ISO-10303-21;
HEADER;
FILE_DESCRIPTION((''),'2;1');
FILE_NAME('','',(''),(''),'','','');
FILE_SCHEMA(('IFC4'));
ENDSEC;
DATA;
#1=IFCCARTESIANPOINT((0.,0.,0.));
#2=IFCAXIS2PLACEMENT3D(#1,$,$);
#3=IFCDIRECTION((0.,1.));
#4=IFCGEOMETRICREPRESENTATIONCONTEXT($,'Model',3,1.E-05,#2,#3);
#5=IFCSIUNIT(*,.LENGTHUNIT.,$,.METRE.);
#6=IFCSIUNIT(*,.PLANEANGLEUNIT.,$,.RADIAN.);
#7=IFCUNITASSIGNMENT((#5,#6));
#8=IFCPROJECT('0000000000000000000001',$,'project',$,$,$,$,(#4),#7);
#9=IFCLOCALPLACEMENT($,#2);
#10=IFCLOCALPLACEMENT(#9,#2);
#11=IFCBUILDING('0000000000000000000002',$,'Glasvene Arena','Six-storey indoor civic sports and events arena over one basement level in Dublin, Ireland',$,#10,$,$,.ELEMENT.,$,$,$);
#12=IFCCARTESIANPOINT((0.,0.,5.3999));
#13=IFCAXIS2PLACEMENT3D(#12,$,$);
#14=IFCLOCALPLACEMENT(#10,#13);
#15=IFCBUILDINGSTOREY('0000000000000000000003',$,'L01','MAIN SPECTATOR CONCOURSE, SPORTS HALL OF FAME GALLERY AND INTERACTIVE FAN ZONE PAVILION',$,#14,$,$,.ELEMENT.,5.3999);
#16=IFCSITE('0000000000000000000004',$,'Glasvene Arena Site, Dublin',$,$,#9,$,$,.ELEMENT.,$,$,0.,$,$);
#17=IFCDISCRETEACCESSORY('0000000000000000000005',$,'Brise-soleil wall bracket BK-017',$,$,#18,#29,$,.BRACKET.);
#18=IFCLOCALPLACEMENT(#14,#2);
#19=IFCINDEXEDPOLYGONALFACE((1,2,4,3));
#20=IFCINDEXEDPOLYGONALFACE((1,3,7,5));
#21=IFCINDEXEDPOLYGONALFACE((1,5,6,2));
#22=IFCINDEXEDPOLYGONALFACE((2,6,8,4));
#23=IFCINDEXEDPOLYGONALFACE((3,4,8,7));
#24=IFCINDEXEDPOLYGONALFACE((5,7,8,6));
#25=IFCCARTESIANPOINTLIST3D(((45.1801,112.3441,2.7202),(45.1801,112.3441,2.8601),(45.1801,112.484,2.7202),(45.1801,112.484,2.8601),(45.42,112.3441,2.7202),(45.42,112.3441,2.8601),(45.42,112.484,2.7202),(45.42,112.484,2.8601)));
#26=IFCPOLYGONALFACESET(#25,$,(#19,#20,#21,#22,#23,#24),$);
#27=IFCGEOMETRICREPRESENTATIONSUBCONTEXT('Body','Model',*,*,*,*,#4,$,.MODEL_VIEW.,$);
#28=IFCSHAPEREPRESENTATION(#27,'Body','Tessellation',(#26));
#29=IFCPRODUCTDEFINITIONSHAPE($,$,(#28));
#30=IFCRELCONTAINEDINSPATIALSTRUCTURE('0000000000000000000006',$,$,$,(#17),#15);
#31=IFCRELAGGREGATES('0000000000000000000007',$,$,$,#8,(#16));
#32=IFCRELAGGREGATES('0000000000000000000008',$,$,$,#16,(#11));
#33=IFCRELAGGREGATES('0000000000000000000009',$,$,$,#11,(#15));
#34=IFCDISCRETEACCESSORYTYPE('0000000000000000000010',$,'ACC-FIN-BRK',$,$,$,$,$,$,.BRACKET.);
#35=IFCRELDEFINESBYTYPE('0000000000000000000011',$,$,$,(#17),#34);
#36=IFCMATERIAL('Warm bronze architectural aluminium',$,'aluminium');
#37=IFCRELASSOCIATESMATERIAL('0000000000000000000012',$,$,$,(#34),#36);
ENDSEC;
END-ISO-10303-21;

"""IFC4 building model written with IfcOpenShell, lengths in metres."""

from ifc_helpers import new_model, si_unit, direction, frame, origin, origin_2d, place, context, subcontext, project, spatial, rectangle, extrude, material, type_object, element, save


model = new_model("IFC4")

# Units and contexts
model_context = context("Model", 3, precision=1e-05, world=origin(), true_north=direction((0.0, 1.0)))
body_context = subcontext(model_context, "Body", "Model", "MODEL_VIEW")
ifc_project = project(units=[si_unit("LENGTHUNIT", "METRE"), si_unit("PLANEANGLEUNIT", "RADIAN")], contexts=[model_context])

# Site, building, storey
site_placement = place(None, origin())
site = spatial("IfcSite", under=ifc_project, at=site_placement, Name="Glasvene Arena Site, Dublin", CompositionType="ELEMENT", RefElevation=0.0)
building_placement = place(site_placement, origin())
building = spatial("IfcBuilding", under=site, at=building_placement, Name="Glasvene Arena", Description="Six-storey indoor civic sports and events arena over one basement level in Dublin, Ireland", CompositionType="ELEMENT")
storey_placement = place(building_placement, frame((0.0, 0.0, 5.3999)))
storey = spatial("IfcBuildingStorey", under=building, at=storey_placement, Name="L01", Description="MAIN SPECTATOR CONCOURSE, SPORTS HALL OF FAME GALLERY AND INTERACTIVE FAN ZONE PAVILION", CompositionType="ELEMENT", Elevation=5.3999)

# Shared definitions
ifc_material_1 = material(Name="Warm bronze architectural aluminium", Category="aluminium")

# Discrete accessory
discrete_accessory_type_1 = type_object("IfcDiscreteAccessoryType", Name="ACC-FIN-BRK", PredefinedType="BRACKET", material=ifc_material_1)
for number, where, z_axis, x_axis, name in (
    (1, (45.3, 112.4141, 2.7202), (0.0, 0.0, 1.0), (0.0, -1.0, 0.0), "Brise-soleil wall bracket BK-017"),
):
    element("IfcDiscreteAccessory", number, at=place(storey_placement, frame(where, z_axis=z_axis, x_axis=x_axis)), inside=storey, type_object=discrete_accessory_type_1, Name=name, PredefinedType="BRACKET", context=body_context, shape_type="SweptSolid", body=[
        extrude(rectangle(XDim=0.1399, YDim=0.24, at=origin_2d()), origin(), (0.0, 0.0, 1.0), 0.1399),
    ])

save(model, "model.ifc")
